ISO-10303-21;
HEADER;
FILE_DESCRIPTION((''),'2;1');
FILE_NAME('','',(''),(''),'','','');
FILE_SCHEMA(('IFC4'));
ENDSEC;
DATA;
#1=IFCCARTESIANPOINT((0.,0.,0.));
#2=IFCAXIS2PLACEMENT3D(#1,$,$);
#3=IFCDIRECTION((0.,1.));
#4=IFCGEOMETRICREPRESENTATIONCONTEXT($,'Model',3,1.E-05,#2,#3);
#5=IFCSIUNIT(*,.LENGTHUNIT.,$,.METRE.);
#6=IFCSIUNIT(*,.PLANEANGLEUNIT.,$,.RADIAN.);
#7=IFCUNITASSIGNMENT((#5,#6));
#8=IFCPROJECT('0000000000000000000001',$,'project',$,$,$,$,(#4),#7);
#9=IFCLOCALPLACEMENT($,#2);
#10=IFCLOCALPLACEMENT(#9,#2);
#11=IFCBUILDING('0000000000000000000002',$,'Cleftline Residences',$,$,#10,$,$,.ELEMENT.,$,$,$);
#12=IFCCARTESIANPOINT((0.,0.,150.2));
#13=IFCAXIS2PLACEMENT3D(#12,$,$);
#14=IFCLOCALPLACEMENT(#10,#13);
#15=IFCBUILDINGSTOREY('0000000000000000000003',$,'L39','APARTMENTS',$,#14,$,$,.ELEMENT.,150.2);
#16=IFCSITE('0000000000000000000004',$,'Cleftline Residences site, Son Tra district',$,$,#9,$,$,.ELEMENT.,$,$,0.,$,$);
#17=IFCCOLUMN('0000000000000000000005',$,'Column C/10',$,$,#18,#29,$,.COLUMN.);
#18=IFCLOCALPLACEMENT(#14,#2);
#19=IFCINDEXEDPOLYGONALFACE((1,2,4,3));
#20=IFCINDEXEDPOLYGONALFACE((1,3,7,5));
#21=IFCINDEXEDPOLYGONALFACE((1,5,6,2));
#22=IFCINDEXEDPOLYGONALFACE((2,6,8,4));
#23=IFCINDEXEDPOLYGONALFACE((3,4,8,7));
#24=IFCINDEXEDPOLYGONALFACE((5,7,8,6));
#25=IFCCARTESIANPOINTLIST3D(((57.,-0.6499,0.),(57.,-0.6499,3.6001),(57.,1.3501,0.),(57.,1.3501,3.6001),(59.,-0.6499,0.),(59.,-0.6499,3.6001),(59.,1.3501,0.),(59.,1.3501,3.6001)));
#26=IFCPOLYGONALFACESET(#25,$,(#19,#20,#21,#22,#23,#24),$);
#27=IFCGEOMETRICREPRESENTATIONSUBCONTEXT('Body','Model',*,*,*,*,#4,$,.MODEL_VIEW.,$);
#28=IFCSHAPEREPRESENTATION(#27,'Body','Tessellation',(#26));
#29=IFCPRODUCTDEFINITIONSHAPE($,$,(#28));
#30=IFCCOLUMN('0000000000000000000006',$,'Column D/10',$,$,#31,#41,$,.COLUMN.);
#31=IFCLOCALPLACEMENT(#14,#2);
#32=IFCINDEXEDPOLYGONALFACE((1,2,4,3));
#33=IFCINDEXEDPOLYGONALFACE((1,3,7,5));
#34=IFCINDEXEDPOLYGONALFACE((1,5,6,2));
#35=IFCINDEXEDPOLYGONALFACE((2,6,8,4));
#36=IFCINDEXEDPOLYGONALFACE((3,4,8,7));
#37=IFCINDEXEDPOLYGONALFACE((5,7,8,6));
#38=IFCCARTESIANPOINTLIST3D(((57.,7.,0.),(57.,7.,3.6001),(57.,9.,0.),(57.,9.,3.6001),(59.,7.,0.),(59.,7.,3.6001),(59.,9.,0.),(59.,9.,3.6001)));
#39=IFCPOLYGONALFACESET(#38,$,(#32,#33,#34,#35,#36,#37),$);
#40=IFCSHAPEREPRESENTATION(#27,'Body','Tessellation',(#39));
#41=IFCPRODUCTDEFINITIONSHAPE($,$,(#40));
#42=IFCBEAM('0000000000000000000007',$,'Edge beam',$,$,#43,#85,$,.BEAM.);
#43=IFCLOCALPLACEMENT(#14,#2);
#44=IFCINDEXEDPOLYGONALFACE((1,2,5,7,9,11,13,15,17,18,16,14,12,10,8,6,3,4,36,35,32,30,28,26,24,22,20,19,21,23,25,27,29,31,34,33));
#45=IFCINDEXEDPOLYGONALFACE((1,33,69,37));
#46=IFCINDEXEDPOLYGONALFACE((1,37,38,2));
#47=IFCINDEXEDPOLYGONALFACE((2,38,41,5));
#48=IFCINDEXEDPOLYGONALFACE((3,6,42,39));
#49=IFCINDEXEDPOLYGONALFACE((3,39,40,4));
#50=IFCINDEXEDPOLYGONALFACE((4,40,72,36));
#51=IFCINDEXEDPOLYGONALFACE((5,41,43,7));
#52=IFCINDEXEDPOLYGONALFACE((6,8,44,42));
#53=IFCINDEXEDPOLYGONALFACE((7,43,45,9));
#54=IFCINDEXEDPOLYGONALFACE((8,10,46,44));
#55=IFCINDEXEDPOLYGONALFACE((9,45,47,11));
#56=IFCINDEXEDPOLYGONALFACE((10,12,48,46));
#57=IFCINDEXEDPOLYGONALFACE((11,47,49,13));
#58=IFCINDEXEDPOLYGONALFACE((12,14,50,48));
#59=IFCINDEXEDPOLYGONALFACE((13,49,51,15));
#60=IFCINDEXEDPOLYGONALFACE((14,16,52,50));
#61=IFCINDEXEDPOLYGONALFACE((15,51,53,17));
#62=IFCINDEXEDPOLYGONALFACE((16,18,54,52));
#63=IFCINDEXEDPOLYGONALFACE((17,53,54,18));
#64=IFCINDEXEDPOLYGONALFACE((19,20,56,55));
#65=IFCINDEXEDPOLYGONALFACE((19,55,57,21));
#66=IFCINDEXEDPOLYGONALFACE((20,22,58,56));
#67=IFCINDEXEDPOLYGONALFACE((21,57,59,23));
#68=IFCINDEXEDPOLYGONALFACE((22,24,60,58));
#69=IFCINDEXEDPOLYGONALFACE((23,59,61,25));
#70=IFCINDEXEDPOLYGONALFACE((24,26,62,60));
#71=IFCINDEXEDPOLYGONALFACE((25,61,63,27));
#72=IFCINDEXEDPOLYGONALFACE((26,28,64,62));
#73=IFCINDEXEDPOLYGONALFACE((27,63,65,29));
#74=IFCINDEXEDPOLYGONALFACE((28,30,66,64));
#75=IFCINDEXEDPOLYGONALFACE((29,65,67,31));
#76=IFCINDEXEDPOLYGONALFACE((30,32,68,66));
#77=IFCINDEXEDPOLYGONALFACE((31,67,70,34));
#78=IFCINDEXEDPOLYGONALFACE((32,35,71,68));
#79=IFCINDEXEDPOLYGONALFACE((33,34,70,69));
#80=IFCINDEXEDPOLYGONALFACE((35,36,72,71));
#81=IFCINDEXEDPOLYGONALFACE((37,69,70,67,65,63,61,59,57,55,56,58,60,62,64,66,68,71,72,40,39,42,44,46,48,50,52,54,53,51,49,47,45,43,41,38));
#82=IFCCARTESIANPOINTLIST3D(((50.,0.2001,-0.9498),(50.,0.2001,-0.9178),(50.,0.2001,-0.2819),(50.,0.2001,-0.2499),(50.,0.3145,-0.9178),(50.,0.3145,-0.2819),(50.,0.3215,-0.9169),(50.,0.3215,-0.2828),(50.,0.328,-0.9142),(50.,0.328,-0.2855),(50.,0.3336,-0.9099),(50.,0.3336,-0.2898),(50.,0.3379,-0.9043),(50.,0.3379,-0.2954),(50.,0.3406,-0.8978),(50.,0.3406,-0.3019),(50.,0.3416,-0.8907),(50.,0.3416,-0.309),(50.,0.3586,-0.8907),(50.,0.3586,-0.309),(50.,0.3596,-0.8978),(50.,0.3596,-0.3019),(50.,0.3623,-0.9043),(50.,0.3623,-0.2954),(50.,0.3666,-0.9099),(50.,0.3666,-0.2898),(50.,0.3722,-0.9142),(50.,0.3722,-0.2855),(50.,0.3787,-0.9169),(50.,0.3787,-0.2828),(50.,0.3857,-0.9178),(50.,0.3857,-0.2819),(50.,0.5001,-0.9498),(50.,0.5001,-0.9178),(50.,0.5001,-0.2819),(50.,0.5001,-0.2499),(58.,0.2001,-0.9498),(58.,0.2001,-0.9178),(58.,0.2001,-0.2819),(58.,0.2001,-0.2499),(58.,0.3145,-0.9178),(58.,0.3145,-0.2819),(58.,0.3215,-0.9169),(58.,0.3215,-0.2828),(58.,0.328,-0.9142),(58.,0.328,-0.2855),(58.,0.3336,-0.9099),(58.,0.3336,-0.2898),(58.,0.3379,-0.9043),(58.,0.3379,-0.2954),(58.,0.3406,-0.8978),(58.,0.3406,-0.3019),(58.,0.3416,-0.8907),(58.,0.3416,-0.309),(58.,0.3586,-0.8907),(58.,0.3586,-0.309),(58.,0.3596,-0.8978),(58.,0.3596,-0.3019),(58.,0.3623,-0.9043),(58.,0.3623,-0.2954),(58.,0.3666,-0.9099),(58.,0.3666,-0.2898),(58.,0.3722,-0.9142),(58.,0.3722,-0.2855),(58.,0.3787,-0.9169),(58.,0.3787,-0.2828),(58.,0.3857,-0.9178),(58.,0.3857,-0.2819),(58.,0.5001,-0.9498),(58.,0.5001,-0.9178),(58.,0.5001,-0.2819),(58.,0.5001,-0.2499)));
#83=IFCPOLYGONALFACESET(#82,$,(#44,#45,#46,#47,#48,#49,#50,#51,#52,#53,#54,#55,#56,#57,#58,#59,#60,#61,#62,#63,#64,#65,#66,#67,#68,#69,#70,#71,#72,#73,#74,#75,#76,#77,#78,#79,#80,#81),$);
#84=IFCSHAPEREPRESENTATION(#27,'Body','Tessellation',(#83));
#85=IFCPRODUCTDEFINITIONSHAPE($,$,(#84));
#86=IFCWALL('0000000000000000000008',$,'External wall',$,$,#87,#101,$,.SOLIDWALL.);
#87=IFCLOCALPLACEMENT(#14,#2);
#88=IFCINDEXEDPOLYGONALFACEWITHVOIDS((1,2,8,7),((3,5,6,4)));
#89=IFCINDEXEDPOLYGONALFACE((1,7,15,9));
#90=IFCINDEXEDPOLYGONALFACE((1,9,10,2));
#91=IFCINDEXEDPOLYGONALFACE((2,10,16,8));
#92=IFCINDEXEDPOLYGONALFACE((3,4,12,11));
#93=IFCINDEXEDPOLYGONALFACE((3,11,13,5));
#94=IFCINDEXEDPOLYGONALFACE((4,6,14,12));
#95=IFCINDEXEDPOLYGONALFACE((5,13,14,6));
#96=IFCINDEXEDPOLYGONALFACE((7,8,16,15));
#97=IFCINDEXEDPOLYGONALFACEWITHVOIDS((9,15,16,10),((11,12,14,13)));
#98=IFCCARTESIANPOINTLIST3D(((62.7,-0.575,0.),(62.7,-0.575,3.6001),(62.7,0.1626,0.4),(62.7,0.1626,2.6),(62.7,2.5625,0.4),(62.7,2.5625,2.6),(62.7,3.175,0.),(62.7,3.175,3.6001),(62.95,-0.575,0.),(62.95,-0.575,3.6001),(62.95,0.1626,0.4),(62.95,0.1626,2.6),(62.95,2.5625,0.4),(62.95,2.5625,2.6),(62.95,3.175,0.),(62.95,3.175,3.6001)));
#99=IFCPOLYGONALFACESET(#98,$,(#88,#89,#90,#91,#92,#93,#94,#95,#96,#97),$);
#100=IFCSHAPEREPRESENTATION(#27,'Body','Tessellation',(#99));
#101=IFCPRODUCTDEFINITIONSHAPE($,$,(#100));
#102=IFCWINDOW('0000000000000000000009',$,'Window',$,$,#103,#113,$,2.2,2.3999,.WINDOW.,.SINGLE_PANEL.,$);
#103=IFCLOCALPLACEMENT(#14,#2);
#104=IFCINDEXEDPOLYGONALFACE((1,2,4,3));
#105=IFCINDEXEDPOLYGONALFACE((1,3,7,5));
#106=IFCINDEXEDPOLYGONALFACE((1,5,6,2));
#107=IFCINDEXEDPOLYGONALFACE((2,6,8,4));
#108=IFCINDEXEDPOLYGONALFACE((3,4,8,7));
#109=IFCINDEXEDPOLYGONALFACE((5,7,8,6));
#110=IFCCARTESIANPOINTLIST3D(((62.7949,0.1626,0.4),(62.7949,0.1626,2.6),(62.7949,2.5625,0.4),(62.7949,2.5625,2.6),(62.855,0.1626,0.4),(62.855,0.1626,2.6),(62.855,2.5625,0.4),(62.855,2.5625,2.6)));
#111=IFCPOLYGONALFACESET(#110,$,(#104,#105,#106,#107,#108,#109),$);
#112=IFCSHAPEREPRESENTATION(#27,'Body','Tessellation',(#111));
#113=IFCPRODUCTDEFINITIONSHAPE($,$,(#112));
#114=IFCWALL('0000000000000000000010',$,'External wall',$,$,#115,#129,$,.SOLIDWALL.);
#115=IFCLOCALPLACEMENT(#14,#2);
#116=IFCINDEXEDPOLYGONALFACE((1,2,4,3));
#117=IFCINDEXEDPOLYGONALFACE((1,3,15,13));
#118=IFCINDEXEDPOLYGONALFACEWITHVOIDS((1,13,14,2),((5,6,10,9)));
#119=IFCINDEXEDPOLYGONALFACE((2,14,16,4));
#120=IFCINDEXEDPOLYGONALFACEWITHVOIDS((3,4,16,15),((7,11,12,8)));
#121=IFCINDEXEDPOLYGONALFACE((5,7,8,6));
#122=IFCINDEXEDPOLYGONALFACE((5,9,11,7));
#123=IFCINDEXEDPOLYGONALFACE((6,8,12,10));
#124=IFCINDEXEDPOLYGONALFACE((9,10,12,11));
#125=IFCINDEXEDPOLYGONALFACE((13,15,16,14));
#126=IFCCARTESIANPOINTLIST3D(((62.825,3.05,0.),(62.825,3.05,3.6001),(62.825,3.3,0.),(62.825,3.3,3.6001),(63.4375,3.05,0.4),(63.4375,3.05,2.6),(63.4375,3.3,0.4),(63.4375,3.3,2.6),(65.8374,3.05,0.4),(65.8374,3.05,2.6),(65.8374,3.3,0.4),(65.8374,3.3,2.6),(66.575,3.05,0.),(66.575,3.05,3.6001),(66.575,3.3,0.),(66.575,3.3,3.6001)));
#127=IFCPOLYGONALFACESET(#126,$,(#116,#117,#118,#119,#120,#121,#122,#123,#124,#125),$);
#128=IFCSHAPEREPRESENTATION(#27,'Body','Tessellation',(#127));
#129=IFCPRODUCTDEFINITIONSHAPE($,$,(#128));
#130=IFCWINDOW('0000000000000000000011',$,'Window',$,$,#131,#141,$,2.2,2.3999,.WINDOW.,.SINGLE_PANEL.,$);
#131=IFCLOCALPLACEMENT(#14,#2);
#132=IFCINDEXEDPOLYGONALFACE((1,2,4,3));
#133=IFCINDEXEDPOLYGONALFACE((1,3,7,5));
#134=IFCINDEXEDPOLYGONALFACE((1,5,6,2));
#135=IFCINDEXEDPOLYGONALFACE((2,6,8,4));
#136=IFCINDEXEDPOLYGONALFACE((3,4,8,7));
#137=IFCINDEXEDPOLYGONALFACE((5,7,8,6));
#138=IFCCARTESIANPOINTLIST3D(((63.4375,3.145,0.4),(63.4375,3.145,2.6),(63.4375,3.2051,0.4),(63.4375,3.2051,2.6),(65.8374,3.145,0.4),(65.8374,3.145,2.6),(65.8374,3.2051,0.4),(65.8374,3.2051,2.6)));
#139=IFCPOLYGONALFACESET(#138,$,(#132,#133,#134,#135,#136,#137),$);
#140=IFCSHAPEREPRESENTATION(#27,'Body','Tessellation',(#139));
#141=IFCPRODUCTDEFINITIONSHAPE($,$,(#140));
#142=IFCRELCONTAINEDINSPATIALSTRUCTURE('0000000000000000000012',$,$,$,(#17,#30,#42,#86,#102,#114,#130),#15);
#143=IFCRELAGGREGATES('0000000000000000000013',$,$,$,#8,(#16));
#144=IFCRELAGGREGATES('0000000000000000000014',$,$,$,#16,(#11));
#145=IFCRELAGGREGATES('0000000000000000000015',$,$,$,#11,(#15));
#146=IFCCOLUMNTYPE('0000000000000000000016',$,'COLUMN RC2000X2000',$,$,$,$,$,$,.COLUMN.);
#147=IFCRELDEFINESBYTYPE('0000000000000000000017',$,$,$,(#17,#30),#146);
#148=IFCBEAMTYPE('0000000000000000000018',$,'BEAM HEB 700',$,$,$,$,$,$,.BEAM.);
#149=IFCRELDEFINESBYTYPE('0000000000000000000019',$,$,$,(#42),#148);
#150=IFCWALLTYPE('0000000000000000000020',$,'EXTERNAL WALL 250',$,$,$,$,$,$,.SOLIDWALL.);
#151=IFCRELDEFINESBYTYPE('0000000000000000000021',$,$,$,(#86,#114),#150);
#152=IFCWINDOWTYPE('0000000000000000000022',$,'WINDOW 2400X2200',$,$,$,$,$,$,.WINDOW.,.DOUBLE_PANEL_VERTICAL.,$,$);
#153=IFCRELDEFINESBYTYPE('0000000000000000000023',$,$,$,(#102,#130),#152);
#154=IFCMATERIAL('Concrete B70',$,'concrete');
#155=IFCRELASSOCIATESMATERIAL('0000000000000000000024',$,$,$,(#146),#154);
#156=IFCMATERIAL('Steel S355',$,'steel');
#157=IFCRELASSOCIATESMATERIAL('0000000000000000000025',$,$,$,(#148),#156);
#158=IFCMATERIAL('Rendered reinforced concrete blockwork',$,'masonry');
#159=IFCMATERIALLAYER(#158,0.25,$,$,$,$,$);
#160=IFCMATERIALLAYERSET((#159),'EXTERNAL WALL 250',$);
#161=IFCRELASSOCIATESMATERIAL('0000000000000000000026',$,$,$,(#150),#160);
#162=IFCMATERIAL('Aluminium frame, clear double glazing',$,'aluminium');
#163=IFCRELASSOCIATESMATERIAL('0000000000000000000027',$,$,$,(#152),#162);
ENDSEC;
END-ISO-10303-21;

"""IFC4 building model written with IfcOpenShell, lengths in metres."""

from ifc_helpers import new_model, si_unit, direction, frame, frame_2d, origin, origin_2d, place, context, subcontext, project, spatial, rectangle, i_section, extrude, material, layer, layer_set, material_profile, profile_set, type_object, element, fill, save


model = new_model("IFC4")

# Units and contexts
model_context = context("Model", 3, precision=1e-05, world=origin(), true_north=direction((0.0, 1.0)))
body_context = subcontext(model_context, "Body", "Model", "MODEL_VIEW")
ifc_project = project(units=[si_unit("LENGTHUNIT", "METRE"), si_unit("PLANEANGLEUNIT", "RADIAN")], contexts=[model_context])

# Site, building, storey
site_placement = place(None, origin())
site = spatial("IfcSite", under=ifc_project, at=site_placement, Name="Cleftline Residences site, Son Tra district", CompositionType="ELEMENT", RefElevation=0.0)
building_placement = place(site_placement, origin())
building = spatial("IfcBuilding", under=site, at=building_placement, Name="Cleftline Residences", CompositionType="ELEMENT")
storey_placement = place(building_placement, frame((0.0, 0.0, 150.2)))
storey = spatial("IfcBuildingStorey", under=building, at=storey_placement, Name="L39", Description="APARTMENTS", CompositionType="ELEMENT", Elevation=150.2)

# Columns
ifc_material_1 = material(Name="Concrete B70", Category="concrete")
ifc_material_profile_1 = material_profile(ifc_material_1, rectangle(XDim=2.0, YDim=2.0, at=origin_2d()))
ifc_profile_set_1 = profile_set([ifc_material_profile_1], Name="Concrete B70")
column_type = type_object("IfcColumnType", Name="COLUMN RC2000X2000", PredefinedType="COLUMN", material=ifc_profile_set_1)
for number, where, z_axis, x_axis, name in (
    (1, (58.0, 0.3501, 0.0), (0.0, 0.0, 1.0), (1.0, 0.0, 0.0), "Column C/10"),
    (2, (58.0, 8.0, 0.0), (0.0, 0.0, 1.0), (1.0, 0.0, 0.0), "Column D/10"),
):
    element("IfcColumn", number, at=place(storey_placement, frame(where, z_axis=z_axis, x_axis=x_axis)), inside=storey, type_object=column_type, Name=name, PredefinedType="COLUMN", context=body_context, shape_type="SweptSolid", body=[
        extrude(rectangle(XDim=2.0, YDim=2.0, at=origin_2d()), origin(), (0.0, 0.0, 1.0), 3.6001),
    ])

# Beam
ifc_material_2 = material(Name="Steel S355", Category="steel")
ifc_material_profile_2 = material_profile(ifc_material_2, i_section(OverallWidth=0.3, OverallDepth=0.7, WebThickness=0.0171, FlangeThickness=0.032, FilletRadius=0.0271, at=origin_2d()))
ifc_profile_set_2 = profile_set([ifc_material_profile_2], Name="Steel S355")
beam_type = type_object("IfcBeamType", Name="BEAM HEB 700", PredefinedType="BEAM", material=ifc_profile_set_2)
beam_placement = place(storey_placement, frame((58.0, 0.3501, -0.5999), z_axis=(-1.0, 0.0, 0.0), x_axis=(0.0, -1.0, 0.0)))
element("IfcBeam", 3, at=beam_placement, inside=storey, type_object=beam_type, Name="Edge beam", PredefinedType="BEAM", context=body_context, shape_type="SweptSolid", body=[
    extrude(i_section(OverallWidth=0.3, OverallDepth=0.7, WebThickness=0.0171, FlangeThickness=0.032, FilletRadius=0.0271, at=origin_2d()), origin(), (0.0, 0.0, 1.0), 8.0),
])

# Walls, openings, windows
ifc_material_3 = material(Name="Rendered reinforced concrete blockwork", Category="masonry")
ifc_layer_1 = layer(ifc_material_3, 0.25)
ifc_layer_set_1 = layer_set([ifc_layer_1], Name="EXTERNAL WALL 250")
wall_type_1 = type_object("IfcWallType", Name="EXTERNAL WALL 250", PredefinedType="SOLIDWALL", material=ifc_layer_set_1)
wall_1_placement = place(storey_placement, frame((62.825, -0.575, 0.0), z_axis=(0.0, 0.0, 1.0), x_axis=(0.0, 1.0, 0.0)))
wall_1 = element("IfcWall", 4, at=wall_1_placement, inside=storey, type_object=wall_type_1, Name="External wall", PredefinedType="SOLIDWALL", context=body_context, shape_type="SweptSolid", body=[
    extrude(rectangle(XDim=3.75, YDim=0.25, at=frame_2d((1.875, 0.0))), origin(), (0.0, 0.0, 1.0), 3.6001),
])
opening_1_placement = place(wall_1_placement, frame((0.7375, 0.0, 0.3999)))
opening_1 = element("IfcOpeningElement", 5, at=opening_1_placement, cuts=wall_1, PredefinedType="OPENING", context=body_context, shape_type="SweptSolid", body=[
    extrude(rectangle(XDim=2.3999, YDim=2.2, at=frame_2d((1.2, 1.1001))), frame((0.0, 0.135, 0.0), z_axis=(0.0, -1.0, 0.0), x_axis=(1.0, 0.0, 0.0)), (0.0, 0.0, 1.0), 0.27),
])
ifc_material_4 = material(Name="Aluminium frame, clear double glazing", Category="aluminium")
window_type = type_object("IfcWindowType", Name="WINDOW 2400X2200", PartitioningType="DOUBLE_PANEL_VERTICAL", PredefinedType="WINDOW", material=ifc_material_4)
window_1_placement = place(opening_1_placement, origin())
window_1 = element("IfcWindow", 6, at=window_1_placement, inside=storey, type_object=window_type, Name="Window", OverallHeight=2.2, OverallWidth=2.3999, PartitioningType="SINGLE_PANEL", PredefinedType="WINDOW", context=body_context, shape_type="SweptSolid", body=[
    extrude(rectangle(XDim=2.3999, YDim=2.2, at=frame_2d((1.2, 1.1001))), frame((0.0, 0.03, 0.0), z_axis=(0.0, -1.0, 0.0), x_axis=(1.0, 0.0, 0.0)), (0.0, 0.0, 1.0), 0.0601),
])
fill(opening_1, window_1)
wall_2_placement = place(storey_placement, frame((62.825, 3.175, 0.0), z_axis=(0.0, 0.0, 1.0), x_axis=(1.0, 0.0, 0.0)))
wall_2 = element("IfcWall", 7, at=wall_2_placement, inside=storey, type_object=wall_type_1, Name="External wall", PredefinedType="SOLIDWALL", context=body_context, shape_type="SweptSolid", body=[
    extrude(rectangle(XDim=3.75, YDim=0.25, at=frame_2d((1.875, 0.0))), origin(), (0.0, 0.0, 1.0), 3.6001),
])
opening_2_placement = place(wall_2_placement, frame((0.6125, 0.0, 0.3999)))
opening_2 = element("IfcOpeningElement", 8, at=opening_2_placement, cuts=wall_2, PredefinedType="OPENING", context=body_context, shape_type="SweptSolid", body=[
    extrude(rectangle(XDim=2.3999, YDim=2.2, at=frame_2d((1.2, 1.1001))), frame((0.0, 0.135, 0.0), z_axis=(0.0, -1.0, 0.0), x_axis=(1.0, 0.0, 0.0)), (0.0, 0.0, 1.0), 0.27),
])
window_2_placement = place(opening_2_placement, origin())
window_2 = element("IfcWindow", 9, at=window_2_placement, inside=storey, type_object=window_type, Name="Window", OverallHeight=2.2, OverallWidth=2.3999, PartitioningType="SINGLE_PANEL", PredefinedType="WINDOW", context=body_context, shape_type="SweptSolid", body=[
    extrude(rectangle(XDim=2.3999, YDim=2.2, at=frame_2d((1.2, 1.1001))), frame((0.0, 0.03, 0.0), z_axis=(0.0, -1.0, 0.0), x_axis=(1.0, 0.0, 0.0)), (0.0, 0.0, 1.0), 0.0601),
])
fill(opening_2, window_2)

save(model, "model.ifc")
